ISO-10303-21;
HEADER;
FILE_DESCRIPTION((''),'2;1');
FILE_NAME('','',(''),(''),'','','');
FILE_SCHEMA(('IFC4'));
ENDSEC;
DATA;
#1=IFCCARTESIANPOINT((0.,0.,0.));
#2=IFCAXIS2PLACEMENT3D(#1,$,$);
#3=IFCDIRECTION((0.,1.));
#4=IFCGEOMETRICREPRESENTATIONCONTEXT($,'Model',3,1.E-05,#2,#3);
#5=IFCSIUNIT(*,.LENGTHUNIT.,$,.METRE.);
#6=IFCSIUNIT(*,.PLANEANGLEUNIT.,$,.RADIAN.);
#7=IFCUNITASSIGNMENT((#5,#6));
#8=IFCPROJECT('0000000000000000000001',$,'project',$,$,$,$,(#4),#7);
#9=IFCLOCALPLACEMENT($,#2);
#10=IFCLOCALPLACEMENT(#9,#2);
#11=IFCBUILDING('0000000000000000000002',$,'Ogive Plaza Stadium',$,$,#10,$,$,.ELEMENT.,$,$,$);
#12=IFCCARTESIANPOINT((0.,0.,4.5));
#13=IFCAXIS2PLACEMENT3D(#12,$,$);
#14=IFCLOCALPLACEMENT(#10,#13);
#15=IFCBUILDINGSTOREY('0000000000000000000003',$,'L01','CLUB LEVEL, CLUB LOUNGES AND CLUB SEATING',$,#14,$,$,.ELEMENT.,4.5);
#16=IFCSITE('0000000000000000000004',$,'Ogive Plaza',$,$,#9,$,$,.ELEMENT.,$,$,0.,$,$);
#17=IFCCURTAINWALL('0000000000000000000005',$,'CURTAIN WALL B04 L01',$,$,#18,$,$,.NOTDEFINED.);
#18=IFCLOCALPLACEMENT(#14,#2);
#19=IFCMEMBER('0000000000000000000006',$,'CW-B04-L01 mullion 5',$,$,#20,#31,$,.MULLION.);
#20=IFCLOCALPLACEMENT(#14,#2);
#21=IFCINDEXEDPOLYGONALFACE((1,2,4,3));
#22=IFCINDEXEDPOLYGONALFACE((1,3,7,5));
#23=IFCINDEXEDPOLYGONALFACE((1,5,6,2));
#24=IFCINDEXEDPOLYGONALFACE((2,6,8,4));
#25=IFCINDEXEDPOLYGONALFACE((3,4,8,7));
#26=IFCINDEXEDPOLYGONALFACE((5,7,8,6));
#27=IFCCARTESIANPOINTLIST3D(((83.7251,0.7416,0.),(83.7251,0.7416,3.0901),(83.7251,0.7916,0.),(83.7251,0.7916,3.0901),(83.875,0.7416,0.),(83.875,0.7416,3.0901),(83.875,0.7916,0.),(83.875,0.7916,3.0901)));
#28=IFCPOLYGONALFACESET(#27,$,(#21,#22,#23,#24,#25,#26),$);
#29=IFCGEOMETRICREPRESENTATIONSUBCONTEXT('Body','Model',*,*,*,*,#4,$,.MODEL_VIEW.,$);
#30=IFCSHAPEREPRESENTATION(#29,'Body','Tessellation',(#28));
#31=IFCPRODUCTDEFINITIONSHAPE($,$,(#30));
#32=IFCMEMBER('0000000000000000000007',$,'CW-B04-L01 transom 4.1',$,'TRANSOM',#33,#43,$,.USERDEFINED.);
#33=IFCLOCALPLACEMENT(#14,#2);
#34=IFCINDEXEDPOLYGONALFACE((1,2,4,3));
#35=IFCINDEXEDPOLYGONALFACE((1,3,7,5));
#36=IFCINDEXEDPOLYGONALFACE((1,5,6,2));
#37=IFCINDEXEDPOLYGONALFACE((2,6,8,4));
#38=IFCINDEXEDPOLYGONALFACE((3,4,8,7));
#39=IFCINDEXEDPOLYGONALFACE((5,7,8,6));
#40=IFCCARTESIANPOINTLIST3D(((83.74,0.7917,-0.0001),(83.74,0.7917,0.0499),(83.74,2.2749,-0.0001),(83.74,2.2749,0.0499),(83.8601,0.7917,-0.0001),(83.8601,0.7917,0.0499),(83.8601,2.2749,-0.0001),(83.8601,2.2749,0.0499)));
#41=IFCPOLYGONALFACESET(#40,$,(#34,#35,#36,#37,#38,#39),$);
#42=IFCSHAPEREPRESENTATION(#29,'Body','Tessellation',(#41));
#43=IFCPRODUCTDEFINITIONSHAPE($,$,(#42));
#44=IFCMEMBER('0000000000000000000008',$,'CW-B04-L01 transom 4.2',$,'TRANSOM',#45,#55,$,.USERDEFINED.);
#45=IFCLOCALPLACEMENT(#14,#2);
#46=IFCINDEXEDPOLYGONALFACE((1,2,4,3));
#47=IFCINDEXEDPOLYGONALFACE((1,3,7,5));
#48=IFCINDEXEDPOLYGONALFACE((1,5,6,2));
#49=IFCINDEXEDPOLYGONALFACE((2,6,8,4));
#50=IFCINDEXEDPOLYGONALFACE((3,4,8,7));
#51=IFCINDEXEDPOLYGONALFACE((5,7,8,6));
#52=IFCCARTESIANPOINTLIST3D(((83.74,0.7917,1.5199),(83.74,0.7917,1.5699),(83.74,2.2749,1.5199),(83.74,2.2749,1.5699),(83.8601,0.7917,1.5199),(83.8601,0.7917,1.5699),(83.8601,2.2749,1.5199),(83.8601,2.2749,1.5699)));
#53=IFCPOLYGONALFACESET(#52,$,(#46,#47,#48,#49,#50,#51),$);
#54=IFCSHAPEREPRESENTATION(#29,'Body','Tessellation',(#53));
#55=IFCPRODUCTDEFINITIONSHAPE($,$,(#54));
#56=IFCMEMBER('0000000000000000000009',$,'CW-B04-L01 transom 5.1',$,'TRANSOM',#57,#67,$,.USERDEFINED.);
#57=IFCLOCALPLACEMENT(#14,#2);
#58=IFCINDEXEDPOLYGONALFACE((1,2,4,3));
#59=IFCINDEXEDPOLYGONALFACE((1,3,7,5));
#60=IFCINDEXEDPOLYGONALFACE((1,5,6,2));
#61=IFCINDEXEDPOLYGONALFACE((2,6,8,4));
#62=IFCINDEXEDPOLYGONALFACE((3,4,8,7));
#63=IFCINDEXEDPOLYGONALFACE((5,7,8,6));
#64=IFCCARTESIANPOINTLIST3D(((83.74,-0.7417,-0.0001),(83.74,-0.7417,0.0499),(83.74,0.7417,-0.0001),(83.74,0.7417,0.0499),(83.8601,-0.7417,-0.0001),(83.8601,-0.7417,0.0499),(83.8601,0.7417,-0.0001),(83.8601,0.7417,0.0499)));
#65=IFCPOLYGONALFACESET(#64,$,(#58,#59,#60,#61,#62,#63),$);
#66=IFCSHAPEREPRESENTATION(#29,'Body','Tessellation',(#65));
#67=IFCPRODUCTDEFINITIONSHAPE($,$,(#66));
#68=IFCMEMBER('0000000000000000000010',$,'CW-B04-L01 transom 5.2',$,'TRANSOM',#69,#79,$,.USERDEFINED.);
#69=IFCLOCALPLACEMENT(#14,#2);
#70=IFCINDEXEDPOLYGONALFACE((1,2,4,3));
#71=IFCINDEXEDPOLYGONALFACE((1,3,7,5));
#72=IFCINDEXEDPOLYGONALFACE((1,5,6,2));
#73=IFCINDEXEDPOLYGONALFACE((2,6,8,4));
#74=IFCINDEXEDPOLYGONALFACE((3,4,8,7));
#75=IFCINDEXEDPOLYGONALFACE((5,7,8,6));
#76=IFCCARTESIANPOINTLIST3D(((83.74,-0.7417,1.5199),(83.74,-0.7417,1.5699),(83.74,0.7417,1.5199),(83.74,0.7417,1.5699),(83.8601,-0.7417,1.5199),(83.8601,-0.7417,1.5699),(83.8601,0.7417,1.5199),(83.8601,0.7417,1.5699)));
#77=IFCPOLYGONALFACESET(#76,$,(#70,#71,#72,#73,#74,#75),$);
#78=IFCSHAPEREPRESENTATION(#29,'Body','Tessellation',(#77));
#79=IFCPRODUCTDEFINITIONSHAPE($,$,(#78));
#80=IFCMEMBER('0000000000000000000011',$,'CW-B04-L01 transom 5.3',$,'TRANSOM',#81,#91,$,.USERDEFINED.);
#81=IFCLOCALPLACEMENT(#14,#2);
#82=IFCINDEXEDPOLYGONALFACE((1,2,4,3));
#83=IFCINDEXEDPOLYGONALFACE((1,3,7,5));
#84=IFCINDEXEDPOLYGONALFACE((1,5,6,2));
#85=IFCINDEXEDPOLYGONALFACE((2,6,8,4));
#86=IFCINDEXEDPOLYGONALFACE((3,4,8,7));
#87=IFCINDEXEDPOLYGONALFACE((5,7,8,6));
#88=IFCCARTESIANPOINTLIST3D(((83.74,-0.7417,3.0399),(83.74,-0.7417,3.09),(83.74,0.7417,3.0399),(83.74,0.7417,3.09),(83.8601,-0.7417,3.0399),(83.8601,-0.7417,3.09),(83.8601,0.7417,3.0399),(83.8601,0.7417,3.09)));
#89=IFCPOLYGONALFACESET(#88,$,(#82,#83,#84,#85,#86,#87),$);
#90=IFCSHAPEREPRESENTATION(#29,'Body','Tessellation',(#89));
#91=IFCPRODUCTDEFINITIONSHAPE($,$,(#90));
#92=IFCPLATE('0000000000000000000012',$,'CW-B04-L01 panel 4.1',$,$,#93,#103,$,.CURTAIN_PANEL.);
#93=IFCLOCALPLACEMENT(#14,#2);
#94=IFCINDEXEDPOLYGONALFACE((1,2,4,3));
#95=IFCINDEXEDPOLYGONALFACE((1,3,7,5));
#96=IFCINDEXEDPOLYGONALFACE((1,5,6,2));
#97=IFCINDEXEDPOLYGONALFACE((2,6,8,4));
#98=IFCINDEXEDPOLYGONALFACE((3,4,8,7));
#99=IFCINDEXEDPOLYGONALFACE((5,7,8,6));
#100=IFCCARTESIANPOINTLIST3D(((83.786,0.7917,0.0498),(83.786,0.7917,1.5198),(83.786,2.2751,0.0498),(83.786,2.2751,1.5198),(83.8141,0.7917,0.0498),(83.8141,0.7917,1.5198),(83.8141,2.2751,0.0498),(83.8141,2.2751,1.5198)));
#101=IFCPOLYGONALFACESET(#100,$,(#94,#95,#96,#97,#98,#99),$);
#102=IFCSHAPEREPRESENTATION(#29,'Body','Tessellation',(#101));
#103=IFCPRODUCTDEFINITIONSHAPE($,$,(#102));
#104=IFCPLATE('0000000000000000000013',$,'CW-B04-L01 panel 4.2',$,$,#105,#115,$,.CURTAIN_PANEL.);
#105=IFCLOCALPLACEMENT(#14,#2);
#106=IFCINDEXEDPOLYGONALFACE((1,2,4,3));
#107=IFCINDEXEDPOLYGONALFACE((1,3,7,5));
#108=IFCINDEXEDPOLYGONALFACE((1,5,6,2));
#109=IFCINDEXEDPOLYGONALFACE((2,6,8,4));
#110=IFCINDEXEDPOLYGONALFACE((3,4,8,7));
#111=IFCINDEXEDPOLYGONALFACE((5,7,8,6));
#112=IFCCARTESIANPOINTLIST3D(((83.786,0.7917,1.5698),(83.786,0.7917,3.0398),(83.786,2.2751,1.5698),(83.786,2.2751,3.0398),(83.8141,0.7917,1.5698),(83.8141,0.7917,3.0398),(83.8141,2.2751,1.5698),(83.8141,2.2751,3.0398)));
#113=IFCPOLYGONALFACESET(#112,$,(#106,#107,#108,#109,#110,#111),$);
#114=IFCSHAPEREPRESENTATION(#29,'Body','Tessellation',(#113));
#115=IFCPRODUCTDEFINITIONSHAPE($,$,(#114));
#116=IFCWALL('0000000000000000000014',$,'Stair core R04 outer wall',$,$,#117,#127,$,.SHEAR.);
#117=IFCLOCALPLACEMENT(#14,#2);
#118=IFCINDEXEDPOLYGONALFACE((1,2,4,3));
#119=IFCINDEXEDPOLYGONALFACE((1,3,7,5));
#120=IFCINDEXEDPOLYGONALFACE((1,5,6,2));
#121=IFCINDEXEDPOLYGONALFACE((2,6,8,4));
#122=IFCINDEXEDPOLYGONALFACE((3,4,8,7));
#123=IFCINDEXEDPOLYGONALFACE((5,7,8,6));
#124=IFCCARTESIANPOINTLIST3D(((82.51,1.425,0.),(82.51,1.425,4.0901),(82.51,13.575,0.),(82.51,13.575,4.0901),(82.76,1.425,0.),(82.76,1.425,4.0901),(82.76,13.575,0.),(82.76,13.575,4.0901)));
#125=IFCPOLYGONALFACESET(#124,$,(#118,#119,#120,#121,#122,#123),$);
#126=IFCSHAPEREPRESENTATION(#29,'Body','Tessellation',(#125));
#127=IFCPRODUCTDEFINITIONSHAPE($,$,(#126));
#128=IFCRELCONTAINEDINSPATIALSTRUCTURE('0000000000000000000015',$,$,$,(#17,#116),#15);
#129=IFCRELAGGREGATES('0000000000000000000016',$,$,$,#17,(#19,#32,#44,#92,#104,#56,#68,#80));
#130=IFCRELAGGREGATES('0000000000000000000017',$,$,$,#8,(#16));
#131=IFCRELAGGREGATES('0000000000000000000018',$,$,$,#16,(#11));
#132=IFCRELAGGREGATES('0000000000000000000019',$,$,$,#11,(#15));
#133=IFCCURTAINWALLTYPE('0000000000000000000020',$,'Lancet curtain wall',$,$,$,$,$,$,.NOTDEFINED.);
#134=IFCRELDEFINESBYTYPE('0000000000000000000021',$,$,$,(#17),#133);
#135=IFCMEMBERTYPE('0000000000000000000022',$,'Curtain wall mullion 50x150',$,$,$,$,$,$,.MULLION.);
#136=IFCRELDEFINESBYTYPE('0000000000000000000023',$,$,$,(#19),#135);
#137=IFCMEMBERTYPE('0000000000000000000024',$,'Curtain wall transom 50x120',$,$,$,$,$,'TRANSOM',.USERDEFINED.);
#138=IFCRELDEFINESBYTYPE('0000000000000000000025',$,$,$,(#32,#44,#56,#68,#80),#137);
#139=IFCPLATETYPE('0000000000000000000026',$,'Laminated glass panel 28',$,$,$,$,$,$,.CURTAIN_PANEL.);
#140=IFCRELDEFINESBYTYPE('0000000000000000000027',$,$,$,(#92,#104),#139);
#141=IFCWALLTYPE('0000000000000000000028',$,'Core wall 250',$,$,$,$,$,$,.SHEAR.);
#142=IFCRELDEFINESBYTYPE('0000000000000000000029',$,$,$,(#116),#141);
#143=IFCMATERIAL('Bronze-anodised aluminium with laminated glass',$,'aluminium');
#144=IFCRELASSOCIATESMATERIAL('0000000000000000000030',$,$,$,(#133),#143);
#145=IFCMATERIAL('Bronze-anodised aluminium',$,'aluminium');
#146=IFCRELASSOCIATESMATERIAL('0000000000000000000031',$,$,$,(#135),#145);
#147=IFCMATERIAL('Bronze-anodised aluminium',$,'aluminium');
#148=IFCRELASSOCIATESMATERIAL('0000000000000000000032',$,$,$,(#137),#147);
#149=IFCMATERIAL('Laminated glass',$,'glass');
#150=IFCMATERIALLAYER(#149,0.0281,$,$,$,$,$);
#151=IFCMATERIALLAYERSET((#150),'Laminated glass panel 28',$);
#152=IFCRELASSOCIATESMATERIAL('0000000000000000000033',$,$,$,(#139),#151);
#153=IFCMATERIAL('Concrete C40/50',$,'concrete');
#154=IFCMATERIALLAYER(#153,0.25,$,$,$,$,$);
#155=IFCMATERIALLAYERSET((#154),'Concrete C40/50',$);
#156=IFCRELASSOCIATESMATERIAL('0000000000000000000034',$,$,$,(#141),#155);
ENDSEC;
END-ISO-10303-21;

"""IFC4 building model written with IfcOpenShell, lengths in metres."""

from ifc_helpers import new_model, si_unit, direction, frame, frame_2d, origin, origin_2d, place, context, subcontext, project, spatial, rectangle, extrude, material, layer, layer_set, material_profile, profile_set, type_object, element, aggregate, save


model = new_model("IFC4")

# Units and contexts
model_context = context("Model", 3, precision=1e-05, world=origin(), true_north=direction((0.0, 1.0)))
body_context = subcontext(model_context, "Body", "Model", "MODEL_VIEW")
ifc_project = project(units=[si_unit("LENGTHUNIT", "METRE"), si_unit("PLANEANGLEUNIT", "RADIAN")], contexts=[model_context])

# Site, building, storey
site_placement = place(None, origin())
site = spatial("IfcSite", under=ifc_project, at=site_placement, Name="Ogive Plaza", CompositionType="ELEMENT", RefElevation=0.0)
building_placement = place(site_placement, origin())
building = spatial("IfcBuilding", under=site, at=building_placement, Name="Ogive Plaza Stadium", CompositionType="ELEMENT")
storey_placement = place(building_placement, frame((0.0, 0.0, 4.5)))
storey = spatial("IfcBuildingStorey", under=building, at=storey_placement, Name="L01", Description="CLUB LEVEL, CLUB LOUNGES AND CLUB SEATING", CompositionType="ELEMENT", Elevation=4.5)

# Curtain wall, members, plates
ifc_material_1 = material(Name="Bronze-anodised aluminium with laminated glass", Category="aluminium")
curtain_wall_type = type_object("IfcCurtainWallType", Name="Lancet curtain wall", PredefinedType="NOTDEFINED", material=ifc_material_1)
curtain_wall_placement = place(storey_placement, origin())
curtain_wall = element("IfcCurtainWall", 1, at=curtain_wall_placement, inside=storey, type_object=curtain_wall_type, Name="CURTAIN WALL B04 L01", PredefinedType="NOTDEFINED")
ifc_material_2 = material(Name="Bronze-anodised aluminium", Category="aluminium")
ifc_material_profile_1 = material_profile(ifc_material_2, rectangle(XDim=0.1499, YDim=0.05, at=origin_2d()), Name="AL 150x50")
ifc_profile_set_1 = profile_set([ifc_material_profile_1], Name="Bronze-anodised aluminium")
member_type_1 = type_object("IfcMemberType", Name="Curtain wall mullion 50x150", PredefinedType="MULLION", material=ifc_profile_set_1)
member_1_placement = place(storey_placement, frame((83.8, 0.7666, 0.0), z_axis=(0.0, 0.0, 1.0), x_axis=(1.0, 0.0, 0.0)))
member_1 = element("IfcMember", 2, at=member_1_placement, type_object=member_type_1, Name="CW-B04-L01 mullion 5", PredefinedType="MULLION", context=body_context, shape_type="SweptSolid", body=[
    extrude(rectangle(XDim=0.1499, YDim=0.05, at=origin_2d()), origin(), (0.0, 0.0, 1.0), 3.0901),
])
ifc_material_3 = material(Name="Bronze-anodised aluminium", Category="aluminium")
ifc_material_profile_2 = material_profile(ifc_material_3, rectangle(XDim=0.1201, YDim=0.05, at=origin_2d()), Name="AL 120x50")
ifc_profile_set_2 = profile_set([ifc_material_profile_2], Name="Bronze-anodised aluminium")
member_type_2 = type_object("IfcMemberType", Name="Curtain wall transom 50x120", ElementType="TRANSOM", PredefinedType="USERDEFINED", material=ifc_profile_set_2)
member_2_placement = place(storey_placement, frame((83.8, 2.2749, 0.0249), z_axis=(0.0, -1.0, 0.0), x_axis=(1.0, 0.0, 0.0)))
member_2 = element("IfcMember", 3, at=member_2_placement, type_object=member_type_2, Name="CW-B04-L01 transom 4.1", ObjectType="TRANSOM", PredefinedType="USERDEFINED", context=body_context, shape_type="SweptSolid", body=[
    extrude(rectangle(XDim=0.1201, YDim=0.05, at=origin_2d()), origin(), (0.0, 0.0, 1.0), 1.4832),
])
member_3_placement = place(storey_placement, frame((83.8, 2.2749, 1.5449), z_axis=(0.0, -1.0, 0.0), x_axis=(1.0, 0.0, 0.0)))
member_3 = element("IfcMember", 4, at=member_3_placement, type_object=member_type_2, Name="CW-B04-L01 transom 4.2", ObjectType="TRANSOM", PredefinedType="USERDEFINED", context=body_context, shape_type="SweptSolid", body=[
    extrude(rectangle(XDim=0.1201, YDim=0.05, at=origin_2d()), origin(), (0.0, 0.0, 1.0), 1.4832),
])
member_4_placement = place(storey_placement, frame((83.8, 0.7417, 0.0249), z_axis=(0.0, -1.0, 0.0), x_axis=(1.0, 0.0, 0.0)))
member_4 = element("IfcMember", 5, at=member_4_placement, type_object=member_type_2, Name="CW-B04-L01 transom 5.1", ObjectType="TRANSOM", PredefinedType="USERDEFINED", context=body_context, shape_type="SweptSolid", body=[
    extrude(rectangle(XDim=0.1201, YDim=0.05, at=origin_2d()), origin(), (0.0, 0.0, 1.0), 1.4834),
])
member_5_placement = place(storey_placement, frame((83.8, 0.7417, 1.5449), z_axis=(0.0, -1.0, 0.0), x_axis=(1.0, 0.0, 0.0)))
member_5 = element("IfcMember", 6, at=member_5_placement, type_object=member_type_2, Name="CW-B04-L01 transom 5.2", ObjectType="TRANSOM", PredefinedType="USERDEFINED", context=body_context, shape_type="SweptSolid", body=[
    extrude(rectangle(XDim=0.1201, YDim=0.05, at=origin_2d()), origin(), (0.0, 0.0, 1.0), 1.4834),
])
member_6_placement = place(storey_placement, frame((83.8, 0.7417, 3.0649), z_axis=(0.0, -1.0, 0.0), x_axis=(1.0, 0.0, 0.0)))
member_6 = element("IfcMember", 7, at=member_6_placement, type_object=member_type_2, Name="CW-B04-L01 transom 5.3", ObjectType="TRANSOM", PredefinedType="USERDEFINED", context=body_context, shape_type="SweptSolid", body=[
    extrude(rectangle(XDim=0.1201, YDim=0.05, at=origin_2d()), origin(), (0.0, 0.0, 1.0), 1.4834),
])
ifc_material_4 = material(Name="Laminated glass", Category="glass")
ifc_layer_1 = layer(ifc_material_4, 0.0281)
ifc_layer_set_1 = layer_set([ifc_layer_1], Name="Laminated glass panel 28")
plate_type = type_object("IfcPlateType", Name="Laminated glass panel 28", PredefinedType="CURTAIN_PANEL", material=ifc_layer_set_1)
plate_1_placement = place(storey_placement, frame((83.8, 1.5334, 0.0498), z_axis=(0.0, 0.0, 1.0), x_axis=(0.0, -1.0, 0.0)))
plate_1 = element("IfcPlate", 8, at=plate_1_placement, type_object=plate_type, Name="CW-B04-L01 panel 4.1", PredefinedType="CURTAIN_PANEL", context=body_context, shape_type="SweptSolid", body=[
    extrude(rectangle(XDim=1.4834, YDim=0.0281, at=origin_2d()), origin(), (0.0, 0.0, 1.0), 1.47),
])
plate_2_placement = place(storey_placement, frame((83.8, 1.5334, 1.5698), z_axis=(0.0, 0.0, 1.0), x_axis=(0.0, -1.0, 0.0)))
plate_2 = element("IfcPlate", 9, at=plate_2_placement, type_object=plate_type, Name="CW-B04-L01 panel 4.2", PredefinedType="CURTAIN_PANEL", context=body_context, shape_type="SweptSolid", body=[
    extrude(rectangle(XDim=1.4834, YDim=0.0281, at=origin_2d()), origin(), (0.0, 0.0, 1.0), 1.47),
])
aggregate(curtain_wall, [member_1, member_2, member_3, plate_1, plate_2, member_4, member_5, member_6])

# Wall
ifc_material_5 = material(Name="Concrete C40/50", Category="concrete")
ifc_layer_2 = layer(ifc_material_5, 0.25)
ifc_layer_set_2 = layer_set([ifc_layer_2], Name="Concrete C40/50")
wall_type = type_object("IfcWallType", Name="Core wall 250", PredefinedType="SHEAR", material=ifc_layer_set_2)
wall_placement = place(storey_placement, frame((82.635, 1.425, 0.0), z_axis=(0.0, 0.0, 1.0), x_axis=(0.0, 1.0, 0.0)))
element("IfcWall", 10, at=wall_placement, inside=storey, type_object=wall_type, Name="Stair core R04 outer wall", PredefinedType="SHEAR", context=body_context, shape_type="SweptSolid", body=[
    extrude(rectangle(XDim=12.1499, YDim=0.25, at=frame_2d((6.075, 0.0))), origin(), (0.0, 0.0, 1.0), 4.0901),
])

save(model, "model.ifc")
